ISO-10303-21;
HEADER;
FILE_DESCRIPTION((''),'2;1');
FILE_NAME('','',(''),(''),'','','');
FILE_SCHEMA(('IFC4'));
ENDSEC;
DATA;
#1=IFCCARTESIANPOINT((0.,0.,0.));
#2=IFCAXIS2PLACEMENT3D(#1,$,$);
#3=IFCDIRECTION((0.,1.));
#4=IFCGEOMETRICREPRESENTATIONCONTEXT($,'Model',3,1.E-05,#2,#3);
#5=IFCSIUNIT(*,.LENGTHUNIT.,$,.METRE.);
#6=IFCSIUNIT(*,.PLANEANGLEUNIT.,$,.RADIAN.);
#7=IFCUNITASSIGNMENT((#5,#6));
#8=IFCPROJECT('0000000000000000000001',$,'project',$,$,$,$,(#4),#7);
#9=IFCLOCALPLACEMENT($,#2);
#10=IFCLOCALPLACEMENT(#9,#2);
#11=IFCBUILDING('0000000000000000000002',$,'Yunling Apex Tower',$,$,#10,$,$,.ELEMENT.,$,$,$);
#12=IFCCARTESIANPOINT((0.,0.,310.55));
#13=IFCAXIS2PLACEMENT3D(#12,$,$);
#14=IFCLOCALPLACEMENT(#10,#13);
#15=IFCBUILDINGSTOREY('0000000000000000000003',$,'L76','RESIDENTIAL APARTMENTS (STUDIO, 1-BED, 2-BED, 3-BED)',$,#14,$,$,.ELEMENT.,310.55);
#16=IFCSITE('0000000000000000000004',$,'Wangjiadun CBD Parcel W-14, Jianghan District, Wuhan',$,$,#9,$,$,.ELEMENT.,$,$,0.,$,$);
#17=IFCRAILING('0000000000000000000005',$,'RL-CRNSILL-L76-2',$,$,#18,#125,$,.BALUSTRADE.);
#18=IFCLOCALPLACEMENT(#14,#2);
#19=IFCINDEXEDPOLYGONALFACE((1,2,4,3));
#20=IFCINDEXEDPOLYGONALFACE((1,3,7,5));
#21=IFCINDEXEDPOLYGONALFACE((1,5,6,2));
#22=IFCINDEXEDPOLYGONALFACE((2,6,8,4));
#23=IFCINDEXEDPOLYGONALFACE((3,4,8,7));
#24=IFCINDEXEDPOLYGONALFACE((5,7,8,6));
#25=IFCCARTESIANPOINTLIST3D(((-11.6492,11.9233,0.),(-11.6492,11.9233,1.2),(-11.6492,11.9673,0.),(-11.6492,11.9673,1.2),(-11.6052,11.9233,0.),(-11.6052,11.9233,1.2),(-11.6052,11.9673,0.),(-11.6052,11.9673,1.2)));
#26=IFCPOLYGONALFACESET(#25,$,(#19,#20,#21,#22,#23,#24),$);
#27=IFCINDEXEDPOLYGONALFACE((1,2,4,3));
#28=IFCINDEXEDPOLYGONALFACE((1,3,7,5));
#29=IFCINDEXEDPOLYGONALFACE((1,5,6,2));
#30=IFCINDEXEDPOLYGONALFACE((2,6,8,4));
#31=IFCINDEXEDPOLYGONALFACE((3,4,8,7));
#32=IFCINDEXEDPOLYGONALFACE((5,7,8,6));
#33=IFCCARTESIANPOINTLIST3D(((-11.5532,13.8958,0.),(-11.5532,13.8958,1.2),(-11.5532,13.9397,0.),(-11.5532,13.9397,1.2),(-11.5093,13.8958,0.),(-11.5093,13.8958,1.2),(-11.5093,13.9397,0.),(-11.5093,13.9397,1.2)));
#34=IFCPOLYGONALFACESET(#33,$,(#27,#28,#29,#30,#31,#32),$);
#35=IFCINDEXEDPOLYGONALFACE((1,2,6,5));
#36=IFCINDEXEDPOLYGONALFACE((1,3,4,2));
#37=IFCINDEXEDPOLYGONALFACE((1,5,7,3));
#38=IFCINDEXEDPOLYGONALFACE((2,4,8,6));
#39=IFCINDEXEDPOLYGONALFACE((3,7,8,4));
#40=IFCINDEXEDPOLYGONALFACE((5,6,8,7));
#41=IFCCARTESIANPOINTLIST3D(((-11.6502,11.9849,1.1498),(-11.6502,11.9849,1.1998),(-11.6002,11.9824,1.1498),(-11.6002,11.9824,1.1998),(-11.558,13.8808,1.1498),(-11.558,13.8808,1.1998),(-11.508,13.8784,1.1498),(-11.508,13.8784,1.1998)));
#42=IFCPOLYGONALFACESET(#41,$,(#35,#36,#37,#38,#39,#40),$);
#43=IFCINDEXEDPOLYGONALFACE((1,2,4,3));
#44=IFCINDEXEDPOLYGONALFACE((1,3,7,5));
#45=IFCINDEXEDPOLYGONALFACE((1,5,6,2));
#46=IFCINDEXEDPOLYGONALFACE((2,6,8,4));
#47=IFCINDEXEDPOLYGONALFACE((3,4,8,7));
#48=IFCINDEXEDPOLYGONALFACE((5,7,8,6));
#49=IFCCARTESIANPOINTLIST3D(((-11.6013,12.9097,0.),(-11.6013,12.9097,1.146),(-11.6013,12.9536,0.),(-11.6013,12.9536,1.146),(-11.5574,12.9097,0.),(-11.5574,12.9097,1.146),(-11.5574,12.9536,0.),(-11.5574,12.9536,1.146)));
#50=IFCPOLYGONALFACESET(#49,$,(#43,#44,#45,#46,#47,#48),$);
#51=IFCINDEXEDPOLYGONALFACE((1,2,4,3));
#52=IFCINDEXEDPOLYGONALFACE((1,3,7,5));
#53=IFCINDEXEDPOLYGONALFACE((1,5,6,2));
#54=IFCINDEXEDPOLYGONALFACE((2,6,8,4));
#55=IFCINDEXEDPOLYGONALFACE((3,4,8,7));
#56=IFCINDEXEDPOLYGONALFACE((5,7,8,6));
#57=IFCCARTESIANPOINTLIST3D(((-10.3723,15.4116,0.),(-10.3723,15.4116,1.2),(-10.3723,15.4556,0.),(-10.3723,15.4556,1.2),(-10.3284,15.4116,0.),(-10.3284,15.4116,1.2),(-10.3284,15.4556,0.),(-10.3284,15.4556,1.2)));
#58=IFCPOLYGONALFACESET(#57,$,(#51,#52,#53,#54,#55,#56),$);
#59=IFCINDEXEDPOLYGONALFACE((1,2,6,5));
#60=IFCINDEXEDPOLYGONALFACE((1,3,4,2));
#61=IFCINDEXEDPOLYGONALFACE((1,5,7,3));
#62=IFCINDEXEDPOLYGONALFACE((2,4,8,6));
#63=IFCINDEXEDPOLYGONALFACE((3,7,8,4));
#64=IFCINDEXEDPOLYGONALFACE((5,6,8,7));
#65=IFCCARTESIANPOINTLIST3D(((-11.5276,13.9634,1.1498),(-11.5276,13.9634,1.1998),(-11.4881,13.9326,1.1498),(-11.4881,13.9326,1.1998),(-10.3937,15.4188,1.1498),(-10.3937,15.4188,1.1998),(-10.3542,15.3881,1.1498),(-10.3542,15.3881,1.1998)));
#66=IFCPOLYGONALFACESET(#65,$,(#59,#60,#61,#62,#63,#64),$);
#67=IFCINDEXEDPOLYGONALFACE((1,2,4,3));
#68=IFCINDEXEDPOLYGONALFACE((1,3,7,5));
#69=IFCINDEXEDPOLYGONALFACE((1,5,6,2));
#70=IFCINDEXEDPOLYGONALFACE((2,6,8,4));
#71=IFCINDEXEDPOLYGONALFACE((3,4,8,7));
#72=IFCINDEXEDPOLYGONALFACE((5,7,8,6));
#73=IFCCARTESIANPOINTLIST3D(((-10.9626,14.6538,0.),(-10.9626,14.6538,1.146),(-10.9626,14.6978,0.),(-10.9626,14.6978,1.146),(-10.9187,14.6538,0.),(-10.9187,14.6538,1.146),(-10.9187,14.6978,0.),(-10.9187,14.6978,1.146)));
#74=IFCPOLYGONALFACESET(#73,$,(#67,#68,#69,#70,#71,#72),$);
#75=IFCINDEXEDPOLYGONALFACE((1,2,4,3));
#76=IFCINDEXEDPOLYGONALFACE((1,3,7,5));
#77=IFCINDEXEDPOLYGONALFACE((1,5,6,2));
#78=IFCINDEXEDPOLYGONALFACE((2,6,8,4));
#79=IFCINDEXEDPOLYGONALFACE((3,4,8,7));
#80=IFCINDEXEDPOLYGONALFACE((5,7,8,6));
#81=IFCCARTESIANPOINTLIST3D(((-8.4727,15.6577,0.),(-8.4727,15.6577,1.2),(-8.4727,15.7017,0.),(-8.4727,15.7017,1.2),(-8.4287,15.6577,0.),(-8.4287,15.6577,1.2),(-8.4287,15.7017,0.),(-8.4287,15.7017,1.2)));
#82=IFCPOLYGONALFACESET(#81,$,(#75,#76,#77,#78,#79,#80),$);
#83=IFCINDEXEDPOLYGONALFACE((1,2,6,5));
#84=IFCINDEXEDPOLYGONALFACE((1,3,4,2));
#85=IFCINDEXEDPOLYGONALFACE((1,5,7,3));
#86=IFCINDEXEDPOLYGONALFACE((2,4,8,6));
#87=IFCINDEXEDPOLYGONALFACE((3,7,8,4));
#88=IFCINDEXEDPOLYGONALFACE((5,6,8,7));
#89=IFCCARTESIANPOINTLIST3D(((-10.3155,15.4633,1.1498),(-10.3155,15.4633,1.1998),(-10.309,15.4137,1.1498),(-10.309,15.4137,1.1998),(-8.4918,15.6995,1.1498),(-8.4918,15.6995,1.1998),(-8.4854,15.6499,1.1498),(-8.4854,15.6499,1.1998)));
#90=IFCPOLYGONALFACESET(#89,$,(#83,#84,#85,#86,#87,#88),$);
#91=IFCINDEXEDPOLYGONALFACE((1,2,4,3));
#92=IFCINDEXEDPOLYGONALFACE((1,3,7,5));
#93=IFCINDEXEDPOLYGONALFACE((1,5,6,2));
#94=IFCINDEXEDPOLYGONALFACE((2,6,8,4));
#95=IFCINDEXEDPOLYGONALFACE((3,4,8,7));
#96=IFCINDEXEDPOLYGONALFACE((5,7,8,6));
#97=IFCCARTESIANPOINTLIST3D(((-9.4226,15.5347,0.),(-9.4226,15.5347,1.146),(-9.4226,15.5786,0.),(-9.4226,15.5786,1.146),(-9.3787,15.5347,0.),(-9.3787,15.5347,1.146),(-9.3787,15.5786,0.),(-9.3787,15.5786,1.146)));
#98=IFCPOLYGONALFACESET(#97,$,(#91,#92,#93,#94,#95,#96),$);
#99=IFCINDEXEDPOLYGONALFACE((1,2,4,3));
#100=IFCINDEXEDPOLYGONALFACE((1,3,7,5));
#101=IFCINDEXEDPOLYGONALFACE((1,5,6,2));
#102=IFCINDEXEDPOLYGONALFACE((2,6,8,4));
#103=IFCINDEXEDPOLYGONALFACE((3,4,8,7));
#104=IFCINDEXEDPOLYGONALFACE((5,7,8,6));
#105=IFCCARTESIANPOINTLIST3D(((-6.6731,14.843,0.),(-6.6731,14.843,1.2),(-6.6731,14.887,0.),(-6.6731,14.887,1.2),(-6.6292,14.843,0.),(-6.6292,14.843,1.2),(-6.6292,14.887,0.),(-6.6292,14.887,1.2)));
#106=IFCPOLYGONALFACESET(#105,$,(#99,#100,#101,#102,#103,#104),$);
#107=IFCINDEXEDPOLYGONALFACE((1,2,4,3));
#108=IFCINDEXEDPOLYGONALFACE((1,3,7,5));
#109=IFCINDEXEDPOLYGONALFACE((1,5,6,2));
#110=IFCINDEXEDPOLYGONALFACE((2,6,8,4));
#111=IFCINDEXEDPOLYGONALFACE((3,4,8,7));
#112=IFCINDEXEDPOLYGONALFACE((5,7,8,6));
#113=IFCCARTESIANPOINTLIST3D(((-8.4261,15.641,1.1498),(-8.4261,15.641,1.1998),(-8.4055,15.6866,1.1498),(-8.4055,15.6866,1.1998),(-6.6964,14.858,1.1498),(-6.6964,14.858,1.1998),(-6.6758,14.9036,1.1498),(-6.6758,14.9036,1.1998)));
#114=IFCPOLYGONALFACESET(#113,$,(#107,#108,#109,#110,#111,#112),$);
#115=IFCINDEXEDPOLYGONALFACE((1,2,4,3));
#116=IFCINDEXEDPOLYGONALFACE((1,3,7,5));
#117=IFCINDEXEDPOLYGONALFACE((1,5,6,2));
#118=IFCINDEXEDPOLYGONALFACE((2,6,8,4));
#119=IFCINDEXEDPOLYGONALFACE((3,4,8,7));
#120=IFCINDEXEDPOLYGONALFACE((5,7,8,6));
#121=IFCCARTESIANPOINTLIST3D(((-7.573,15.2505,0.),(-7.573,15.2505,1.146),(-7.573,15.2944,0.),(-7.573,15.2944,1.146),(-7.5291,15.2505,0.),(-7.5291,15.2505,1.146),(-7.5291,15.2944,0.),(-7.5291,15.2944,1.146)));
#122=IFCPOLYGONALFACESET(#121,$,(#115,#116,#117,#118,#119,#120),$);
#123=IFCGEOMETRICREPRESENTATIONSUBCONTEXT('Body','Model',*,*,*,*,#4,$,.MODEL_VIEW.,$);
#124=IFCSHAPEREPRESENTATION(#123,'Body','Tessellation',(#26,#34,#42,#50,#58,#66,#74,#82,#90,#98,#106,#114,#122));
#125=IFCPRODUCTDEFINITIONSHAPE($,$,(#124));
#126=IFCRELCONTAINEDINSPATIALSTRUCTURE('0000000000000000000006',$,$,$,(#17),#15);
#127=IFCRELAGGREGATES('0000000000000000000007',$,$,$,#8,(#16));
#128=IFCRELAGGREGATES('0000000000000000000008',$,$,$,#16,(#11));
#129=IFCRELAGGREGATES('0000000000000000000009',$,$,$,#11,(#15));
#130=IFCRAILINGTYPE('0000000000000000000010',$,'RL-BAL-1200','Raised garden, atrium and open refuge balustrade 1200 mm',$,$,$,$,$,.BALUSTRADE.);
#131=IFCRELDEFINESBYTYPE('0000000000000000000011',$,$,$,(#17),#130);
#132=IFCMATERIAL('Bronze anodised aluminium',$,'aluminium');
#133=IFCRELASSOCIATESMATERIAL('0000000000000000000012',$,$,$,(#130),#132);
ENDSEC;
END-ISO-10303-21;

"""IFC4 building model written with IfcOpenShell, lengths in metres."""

from ifc_helpers import new_model, si_unit, direction, frame, origin, origin_2d, place, context, subcontext, project, spatial, rectangle, extrude, material, type_object, element, save


model = new_model("IFC4")

# Units and contexts
model_context = context("Model", 3, precision=1e-05, world=origin(), true_north=direction((0.0, 1.0)))
body_context = subcontext(model_context, "Body", "Model", "MODEL_VIEW")
ifc_project = project(units=[si_unit("LENGTHUNIT", "METRE"), si_unit("PLANEANGLEUNIT", "RADIAN")], contexts=[model_context])

# Site, building, storey
site_placement = place(None, origin())
site = spatial("IfcSite", under=ifc_project, at=site_placement, Name="Wangjiadun CBD Parcel W-14, Jianghan District, Wuhan", CompositionType="ELEMENT", RefElevation=0.0)
building_placement = place(site_placement, origin())
building = spatial("IfcBuilding", under=site, at=building_placement, Name="Yunling Apex Tower", CompositionType="ELEMENT")
storey_placement = place(building_placement, frame((0.0, 0.0, 310.55)))
storey = spatial("IfcBuildingStorey", under=building, at=storey_placement, Name="L76", Description="RESIDENTIAL APARTMENTS (STUDIO, 1-BED, 2-BED, 3-BED)", CompositionType="ELEMENT", Elevation=310.55)

# Shared definitions
ifc_material_1 = material(Name="Bronze anodised aluminium", Category="aluminium")

# Railing
railing_type = type_object("IfcRailingType", Name="RL-BAL-1200", Description="Raised garden, atrium and open refuge balustrade 1200 mm", PredefinedType="BALUSTRADE", material=ifc_material_1)
railing_placement = place(storey_placement, frame((-11.6272, 11.9453, 0.0)))
element("IfcRailing", 1, at=railing_placement, inside=storey, type_object=railing_type, Name="RL-CRNSILL-L76-2", PredefinedType="BALUSTRADE", context=body_context, shape_type="SweptSolid", body=[
    extrude(rectangle(XDim=0.0439, YDim=0.0439, at=origin_2d()), origin(), (0.0, 0.0, 1.0), 1.2),
    extrude(rectangle(XDim=0.0439, YDim=0.0439, at=origin_2d()), frame((0.0959, 1.9724, 0.0)), (0.0, 0.0, 1.0), 1.2),
    extrude(rectangle(XDim=0.05, YDim=0.05, at=origin_2d()), frame((0.002, 0.0383, 1.1748), z_axis=(0.048587, 0.998819, 0.0), x_axis=(-0.998819, 0.048587, 0.0)), (0.0, 0.0, 1.0), 1.8982),
    extrude(rectangle(XDim=0.0439, YDim=0.0439, at=origin_2d()), frame((0.0479, 0.9863, 0.0)), (0.0, 0.0, 1.0), 1.146),
    extrude(rectangle(XDim=0.0439, YDim=0.0439, at=origin_2d()), frame((1.2769, 3.4883, 0.0)), (0.0, 0.0, 1.0), 1.2),
    extrude(rectangle(XDim=0.05, YDim=0.05, at=origin_2d()), frame((0.1194, 2.0027, 1.1748), z_axis=(0.614556, 0.788873, 0.0), x_axis=(-0.788873, 0.614556, 0.0)), (0.0, 0.0, 1.0), 1.845),
    extrude(rectangle(XDim=0.0439, YDim=0.0439, at=origin_2d()), frame((0.6865, 2.7305, 0.0)), (0.0, 0.0, 1.0), 1.146),
    extrude(rectangle(XDim=0.0439, YDim=0.0439, at=origin_2d()), frame((3.1765, 3.7344, 0.0)), (0.0, 0.0, 1.0), 1.2),
    extrude(rectangle(XDim=0.05, YDim=0.05, at=origin_2d()), frame((1.3149, 3.4932, 1.1748), z_axis=(0.991713, 0.128473, 0.0), x_axis=(-0.128473, 0.991713, 0.0)), (0.0, 0.0, 1.0), 1.8389),
    extrude(rectangle(XDim=0.0439, YDim=0.0439, at=origin_2d()), frame((2.2266, 3.6113, 0.0)), (0.0, 0.0, 1.0), 1.146),
    extrude(rectangle(XDim=0.0439, YDim=0.0439, at=origin_2d()), frame((4.9761, 2.9197, 0.0)), (0.0, 0.0, 1.0), 1.2),
    extrude(rectangle(XDim=0.05, YDim=0.05, at=origin_2d()), frame((3.2114, 3.7185, 1.1748), z_axis=(0.910992, -0.412424, 0.0), x_axis=(0.412424, 0.910992, 0.0)), (0.0, 0.0, 1.0), 1.8987),
    extrude(rectangle(XDim=0.0439, YDim=0.0439, at=origin_2d()), frame((4.0762, 3.3271, 0.0)), (0.0, 0.0, 1.0), 1.146),
])

save(model, "model.ifc")
